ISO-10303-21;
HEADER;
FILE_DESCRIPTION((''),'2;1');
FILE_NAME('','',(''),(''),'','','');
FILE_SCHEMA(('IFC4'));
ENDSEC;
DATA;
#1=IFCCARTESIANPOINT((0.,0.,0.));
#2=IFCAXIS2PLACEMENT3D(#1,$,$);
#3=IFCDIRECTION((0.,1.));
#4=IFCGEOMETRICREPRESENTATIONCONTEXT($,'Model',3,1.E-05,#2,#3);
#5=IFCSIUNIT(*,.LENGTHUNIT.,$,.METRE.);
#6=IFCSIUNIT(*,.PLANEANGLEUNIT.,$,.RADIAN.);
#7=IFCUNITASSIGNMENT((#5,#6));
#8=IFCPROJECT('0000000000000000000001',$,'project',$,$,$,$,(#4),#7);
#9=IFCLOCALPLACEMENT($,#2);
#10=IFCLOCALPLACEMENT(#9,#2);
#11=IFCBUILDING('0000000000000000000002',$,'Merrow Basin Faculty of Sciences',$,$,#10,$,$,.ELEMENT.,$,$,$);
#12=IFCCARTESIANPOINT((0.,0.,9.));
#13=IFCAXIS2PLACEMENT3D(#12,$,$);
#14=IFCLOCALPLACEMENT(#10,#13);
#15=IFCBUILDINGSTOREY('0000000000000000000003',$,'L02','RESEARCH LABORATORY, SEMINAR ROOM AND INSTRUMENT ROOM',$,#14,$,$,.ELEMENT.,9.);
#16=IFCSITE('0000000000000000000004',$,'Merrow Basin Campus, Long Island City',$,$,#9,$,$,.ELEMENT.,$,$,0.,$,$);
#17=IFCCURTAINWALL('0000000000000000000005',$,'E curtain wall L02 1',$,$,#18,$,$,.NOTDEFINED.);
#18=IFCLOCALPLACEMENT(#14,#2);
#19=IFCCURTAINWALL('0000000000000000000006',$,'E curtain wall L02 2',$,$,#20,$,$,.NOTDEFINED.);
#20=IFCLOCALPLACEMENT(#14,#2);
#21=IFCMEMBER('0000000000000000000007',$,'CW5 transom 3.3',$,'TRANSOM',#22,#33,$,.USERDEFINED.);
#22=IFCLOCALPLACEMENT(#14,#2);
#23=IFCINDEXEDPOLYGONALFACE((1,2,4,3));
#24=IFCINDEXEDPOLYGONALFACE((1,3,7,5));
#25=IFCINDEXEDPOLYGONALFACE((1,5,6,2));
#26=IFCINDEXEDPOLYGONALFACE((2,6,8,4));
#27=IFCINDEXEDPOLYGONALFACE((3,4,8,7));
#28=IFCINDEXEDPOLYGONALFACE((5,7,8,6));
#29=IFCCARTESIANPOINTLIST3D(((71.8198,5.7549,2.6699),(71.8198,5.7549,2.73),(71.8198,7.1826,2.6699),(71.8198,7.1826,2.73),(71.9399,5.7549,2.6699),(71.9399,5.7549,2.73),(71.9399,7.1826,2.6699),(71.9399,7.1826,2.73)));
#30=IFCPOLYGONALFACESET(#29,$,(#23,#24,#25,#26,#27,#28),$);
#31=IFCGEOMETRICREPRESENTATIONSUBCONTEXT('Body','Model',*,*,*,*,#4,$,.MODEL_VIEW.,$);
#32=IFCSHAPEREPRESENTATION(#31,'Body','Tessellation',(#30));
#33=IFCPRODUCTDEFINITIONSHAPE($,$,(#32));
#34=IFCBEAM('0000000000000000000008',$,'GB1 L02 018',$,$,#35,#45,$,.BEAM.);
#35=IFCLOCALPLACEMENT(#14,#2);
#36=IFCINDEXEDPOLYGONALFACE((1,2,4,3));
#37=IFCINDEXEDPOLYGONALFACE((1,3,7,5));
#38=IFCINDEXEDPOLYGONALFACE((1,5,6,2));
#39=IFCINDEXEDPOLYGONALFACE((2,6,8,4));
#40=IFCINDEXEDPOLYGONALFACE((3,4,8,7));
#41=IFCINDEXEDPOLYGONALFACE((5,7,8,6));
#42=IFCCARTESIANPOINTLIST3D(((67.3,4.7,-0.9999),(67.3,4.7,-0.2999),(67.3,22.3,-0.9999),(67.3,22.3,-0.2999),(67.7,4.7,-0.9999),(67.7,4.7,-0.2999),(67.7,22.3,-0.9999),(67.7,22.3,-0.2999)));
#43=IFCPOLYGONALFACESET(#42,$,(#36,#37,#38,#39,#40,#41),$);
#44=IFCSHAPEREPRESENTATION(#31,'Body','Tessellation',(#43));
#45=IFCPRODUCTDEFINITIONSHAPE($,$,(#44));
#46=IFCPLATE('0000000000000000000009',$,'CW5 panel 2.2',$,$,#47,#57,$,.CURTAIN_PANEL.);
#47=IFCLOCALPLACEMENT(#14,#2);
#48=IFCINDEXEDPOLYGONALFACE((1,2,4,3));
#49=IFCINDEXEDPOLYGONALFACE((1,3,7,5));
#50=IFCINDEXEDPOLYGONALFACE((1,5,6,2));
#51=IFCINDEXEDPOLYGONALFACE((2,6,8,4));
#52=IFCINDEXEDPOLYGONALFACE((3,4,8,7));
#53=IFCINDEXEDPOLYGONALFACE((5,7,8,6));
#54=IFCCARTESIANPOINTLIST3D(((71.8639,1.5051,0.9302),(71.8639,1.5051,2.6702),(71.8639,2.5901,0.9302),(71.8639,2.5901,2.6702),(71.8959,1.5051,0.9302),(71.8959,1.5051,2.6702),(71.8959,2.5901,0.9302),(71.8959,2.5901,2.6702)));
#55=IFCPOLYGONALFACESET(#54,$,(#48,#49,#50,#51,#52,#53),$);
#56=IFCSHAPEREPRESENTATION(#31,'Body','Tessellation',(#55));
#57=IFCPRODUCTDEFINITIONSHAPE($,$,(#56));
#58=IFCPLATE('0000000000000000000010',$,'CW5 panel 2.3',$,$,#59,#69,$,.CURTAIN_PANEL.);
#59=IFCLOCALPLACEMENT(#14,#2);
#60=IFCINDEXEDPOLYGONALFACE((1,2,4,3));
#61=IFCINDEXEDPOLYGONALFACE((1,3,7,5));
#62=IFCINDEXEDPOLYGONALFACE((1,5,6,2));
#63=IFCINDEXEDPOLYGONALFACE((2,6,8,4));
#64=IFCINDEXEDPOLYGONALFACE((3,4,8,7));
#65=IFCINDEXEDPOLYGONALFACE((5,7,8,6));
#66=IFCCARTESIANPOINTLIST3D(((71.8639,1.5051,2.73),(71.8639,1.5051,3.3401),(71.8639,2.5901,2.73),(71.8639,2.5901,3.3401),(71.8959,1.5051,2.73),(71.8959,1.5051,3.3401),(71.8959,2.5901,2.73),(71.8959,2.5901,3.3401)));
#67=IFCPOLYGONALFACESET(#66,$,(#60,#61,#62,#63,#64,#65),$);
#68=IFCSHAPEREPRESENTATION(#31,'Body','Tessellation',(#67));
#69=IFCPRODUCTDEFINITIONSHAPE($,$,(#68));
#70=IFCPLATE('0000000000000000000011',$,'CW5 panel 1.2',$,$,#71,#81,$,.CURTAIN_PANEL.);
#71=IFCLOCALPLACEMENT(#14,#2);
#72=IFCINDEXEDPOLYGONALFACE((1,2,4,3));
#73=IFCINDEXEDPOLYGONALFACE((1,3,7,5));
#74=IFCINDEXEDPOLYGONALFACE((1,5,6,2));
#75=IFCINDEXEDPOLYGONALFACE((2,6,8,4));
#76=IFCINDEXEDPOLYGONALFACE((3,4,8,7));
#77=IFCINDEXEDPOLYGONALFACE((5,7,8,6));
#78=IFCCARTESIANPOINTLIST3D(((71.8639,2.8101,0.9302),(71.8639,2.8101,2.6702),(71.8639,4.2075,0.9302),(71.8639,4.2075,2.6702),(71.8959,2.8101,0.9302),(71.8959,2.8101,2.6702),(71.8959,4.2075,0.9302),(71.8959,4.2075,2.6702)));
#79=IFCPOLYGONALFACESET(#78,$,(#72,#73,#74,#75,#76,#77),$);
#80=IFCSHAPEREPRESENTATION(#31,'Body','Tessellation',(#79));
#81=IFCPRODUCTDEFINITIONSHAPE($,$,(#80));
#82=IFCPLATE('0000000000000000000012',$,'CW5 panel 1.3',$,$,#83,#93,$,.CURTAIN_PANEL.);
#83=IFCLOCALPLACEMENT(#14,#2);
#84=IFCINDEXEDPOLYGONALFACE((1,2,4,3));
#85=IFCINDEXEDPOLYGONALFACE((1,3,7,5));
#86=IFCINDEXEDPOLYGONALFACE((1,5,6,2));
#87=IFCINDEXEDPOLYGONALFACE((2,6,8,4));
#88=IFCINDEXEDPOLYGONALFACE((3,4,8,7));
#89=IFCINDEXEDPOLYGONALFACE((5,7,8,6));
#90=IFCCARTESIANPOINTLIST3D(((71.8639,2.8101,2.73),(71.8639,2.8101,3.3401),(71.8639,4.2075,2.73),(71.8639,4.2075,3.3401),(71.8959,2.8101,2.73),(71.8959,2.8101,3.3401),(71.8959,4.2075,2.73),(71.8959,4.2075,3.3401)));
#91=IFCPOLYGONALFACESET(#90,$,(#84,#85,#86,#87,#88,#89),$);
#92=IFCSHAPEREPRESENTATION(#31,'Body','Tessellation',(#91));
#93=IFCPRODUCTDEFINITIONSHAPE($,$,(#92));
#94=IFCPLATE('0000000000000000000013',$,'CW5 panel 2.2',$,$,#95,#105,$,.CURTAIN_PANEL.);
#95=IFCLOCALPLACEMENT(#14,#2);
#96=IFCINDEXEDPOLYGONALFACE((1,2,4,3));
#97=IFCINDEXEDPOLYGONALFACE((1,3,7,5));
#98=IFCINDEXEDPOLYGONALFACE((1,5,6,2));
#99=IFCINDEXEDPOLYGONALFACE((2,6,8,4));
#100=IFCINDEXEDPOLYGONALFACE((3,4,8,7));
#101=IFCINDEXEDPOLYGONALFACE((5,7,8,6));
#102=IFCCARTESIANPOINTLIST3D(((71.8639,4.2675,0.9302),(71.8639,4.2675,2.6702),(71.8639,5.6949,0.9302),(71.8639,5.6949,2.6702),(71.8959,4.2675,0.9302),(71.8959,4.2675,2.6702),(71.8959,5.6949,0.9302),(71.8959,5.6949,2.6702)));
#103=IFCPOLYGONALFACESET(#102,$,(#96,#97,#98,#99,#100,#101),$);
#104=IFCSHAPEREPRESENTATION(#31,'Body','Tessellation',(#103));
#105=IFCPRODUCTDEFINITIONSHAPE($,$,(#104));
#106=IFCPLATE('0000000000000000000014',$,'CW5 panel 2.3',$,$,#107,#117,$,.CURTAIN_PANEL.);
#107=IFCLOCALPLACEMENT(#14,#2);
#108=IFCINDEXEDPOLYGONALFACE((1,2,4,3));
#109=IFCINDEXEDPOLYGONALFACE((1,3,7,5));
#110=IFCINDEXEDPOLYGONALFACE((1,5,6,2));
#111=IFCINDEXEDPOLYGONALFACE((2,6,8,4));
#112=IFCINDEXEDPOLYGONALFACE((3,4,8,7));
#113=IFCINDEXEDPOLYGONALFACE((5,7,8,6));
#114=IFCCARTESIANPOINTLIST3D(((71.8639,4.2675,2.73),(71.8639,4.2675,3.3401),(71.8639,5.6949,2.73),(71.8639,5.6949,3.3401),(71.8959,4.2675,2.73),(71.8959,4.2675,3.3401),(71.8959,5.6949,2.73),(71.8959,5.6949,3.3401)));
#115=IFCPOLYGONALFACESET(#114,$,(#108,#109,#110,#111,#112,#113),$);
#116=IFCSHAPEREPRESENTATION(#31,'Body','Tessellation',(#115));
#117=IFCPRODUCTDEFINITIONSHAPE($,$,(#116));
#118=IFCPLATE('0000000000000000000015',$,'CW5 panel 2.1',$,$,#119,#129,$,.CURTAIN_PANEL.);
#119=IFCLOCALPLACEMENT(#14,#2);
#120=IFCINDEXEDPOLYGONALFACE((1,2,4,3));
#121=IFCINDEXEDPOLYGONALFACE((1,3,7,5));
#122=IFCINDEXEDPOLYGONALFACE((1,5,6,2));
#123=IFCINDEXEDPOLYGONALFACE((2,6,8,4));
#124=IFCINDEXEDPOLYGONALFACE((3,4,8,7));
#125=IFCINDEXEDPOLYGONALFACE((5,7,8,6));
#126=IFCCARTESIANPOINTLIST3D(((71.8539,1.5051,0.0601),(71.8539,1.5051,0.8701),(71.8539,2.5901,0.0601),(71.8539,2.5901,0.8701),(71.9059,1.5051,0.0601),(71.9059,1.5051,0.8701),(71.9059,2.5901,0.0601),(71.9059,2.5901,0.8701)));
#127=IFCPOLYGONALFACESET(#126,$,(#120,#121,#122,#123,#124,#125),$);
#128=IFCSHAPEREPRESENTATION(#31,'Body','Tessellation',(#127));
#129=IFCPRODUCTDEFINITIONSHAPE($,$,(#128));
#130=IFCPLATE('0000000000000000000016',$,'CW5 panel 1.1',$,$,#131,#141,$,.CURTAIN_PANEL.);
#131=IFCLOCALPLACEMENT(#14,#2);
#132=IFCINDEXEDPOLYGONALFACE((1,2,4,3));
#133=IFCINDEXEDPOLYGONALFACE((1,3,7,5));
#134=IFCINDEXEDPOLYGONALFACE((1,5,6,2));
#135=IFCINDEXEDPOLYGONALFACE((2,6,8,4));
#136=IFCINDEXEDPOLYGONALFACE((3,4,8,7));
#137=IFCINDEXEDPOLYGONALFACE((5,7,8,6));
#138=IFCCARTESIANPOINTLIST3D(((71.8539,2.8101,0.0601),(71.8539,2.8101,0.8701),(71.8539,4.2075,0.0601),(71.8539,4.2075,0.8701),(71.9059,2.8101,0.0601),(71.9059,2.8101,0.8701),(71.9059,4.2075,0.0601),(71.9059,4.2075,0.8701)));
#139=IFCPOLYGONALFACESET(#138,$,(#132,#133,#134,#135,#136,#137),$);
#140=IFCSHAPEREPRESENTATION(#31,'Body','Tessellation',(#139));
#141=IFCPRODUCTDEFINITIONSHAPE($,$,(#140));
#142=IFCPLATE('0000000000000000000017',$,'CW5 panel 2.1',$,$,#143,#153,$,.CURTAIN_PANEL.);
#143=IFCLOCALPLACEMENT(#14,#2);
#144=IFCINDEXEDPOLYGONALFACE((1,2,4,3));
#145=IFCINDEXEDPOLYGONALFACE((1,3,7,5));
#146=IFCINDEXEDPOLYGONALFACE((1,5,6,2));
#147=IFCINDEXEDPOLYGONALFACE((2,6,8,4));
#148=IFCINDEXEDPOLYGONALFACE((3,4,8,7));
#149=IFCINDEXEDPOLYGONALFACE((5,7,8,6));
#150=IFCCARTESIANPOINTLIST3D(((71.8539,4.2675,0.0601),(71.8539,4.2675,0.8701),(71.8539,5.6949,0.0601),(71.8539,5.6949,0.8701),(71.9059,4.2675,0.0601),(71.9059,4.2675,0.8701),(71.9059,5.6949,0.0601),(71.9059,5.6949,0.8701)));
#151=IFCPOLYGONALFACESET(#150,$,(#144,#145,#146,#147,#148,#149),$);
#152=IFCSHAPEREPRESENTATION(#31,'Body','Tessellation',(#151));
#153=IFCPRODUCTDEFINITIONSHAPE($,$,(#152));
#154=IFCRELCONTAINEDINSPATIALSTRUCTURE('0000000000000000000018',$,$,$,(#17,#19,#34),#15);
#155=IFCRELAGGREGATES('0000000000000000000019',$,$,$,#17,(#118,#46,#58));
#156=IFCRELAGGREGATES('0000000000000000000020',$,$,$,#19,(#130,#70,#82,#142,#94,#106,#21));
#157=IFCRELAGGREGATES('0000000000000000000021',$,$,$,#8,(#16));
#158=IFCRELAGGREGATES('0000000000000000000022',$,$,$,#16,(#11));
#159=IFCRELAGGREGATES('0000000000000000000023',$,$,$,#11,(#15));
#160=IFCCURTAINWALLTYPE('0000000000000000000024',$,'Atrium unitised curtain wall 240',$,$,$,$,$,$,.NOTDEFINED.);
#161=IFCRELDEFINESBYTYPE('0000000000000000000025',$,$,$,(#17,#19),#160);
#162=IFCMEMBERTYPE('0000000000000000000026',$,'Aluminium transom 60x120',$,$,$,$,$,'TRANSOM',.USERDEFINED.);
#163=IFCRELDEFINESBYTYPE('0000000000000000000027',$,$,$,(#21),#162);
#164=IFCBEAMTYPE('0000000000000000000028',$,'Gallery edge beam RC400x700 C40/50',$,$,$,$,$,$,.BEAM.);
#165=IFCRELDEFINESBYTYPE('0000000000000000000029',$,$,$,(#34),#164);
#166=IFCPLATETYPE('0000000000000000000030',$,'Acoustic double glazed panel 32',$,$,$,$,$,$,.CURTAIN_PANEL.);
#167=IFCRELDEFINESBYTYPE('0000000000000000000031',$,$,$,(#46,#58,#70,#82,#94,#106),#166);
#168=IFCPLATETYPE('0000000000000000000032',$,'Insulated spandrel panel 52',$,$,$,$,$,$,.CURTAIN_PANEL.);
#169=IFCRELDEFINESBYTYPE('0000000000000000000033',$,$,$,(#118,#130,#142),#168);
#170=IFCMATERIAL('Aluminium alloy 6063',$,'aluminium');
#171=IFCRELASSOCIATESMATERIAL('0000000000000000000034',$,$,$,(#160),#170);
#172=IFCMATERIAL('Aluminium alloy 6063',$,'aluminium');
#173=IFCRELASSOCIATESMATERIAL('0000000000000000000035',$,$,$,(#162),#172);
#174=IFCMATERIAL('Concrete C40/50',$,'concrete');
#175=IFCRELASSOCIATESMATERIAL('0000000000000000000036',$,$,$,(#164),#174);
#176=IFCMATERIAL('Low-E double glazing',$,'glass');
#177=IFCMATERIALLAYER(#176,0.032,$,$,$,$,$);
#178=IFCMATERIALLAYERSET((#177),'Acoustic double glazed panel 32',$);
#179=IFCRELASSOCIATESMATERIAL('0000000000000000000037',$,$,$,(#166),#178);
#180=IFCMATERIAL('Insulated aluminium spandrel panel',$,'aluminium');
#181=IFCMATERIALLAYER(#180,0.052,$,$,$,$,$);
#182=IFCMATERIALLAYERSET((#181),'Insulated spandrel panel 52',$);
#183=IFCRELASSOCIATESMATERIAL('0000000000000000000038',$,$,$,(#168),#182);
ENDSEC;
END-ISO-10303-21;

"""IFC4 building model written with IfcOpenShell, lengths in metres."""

from ifc_helpers import new_model, si_unit, direction, frame, origin, origin_2d, place, context, subcontext, project, spatial, rectangle, extrude, material, layer, layer_set, material_profile, profile_set, type_object, element, aggregate, save


model = new_model("IFC4")

# Units and contexts
model_context = context("Model", 3, precision=1e-05, world=origin(), true_north=direction((0.0, 1.0)))
body_context = subcontext(model_context, "Body", "Model", "MODEL_VIEW")
ifc_project = project(units=[si_unit("LENGTHUNIT", "METRE"), si_unit("PLANEANGLEUNIT", "RADIAN")], contexts=[model_context])

# Site, building, storey
site_placement = place(None, origin())
site = spatial("IfcSite", under=ifc_project, at=site_placement, Name="Merrow Basin Campus, Long Island City", CompositionType="ELEMENT", RefElevation=0.0)
building_placement = place(site_placement, origin())
building = spatial("IfcBuilding", under=site, at=building_placement, Name="Merrow Basin Faculty of Sciences", CompositionType="ELEMENT")
storey_placement = place(building_placement, frame((0.0, 0.0, 9.0)))
storey = spatial("IfcBuildingStorey", under=building, at=storey_placement, Name="L02", Description="RESEARCH LABORATORY, SEMINAR ROOM AND INSTRUMENT ROOM", CompositionType="ELEMENT", Elevation=9.0)

# Curtain wall
ifc_material_1 = material(Name="Aluminium alloy 6063", Category="aluminium")
curtain_wall_type = type_object("IfcCurtainWallType", Name="Atrium unitised curtain wall 240", PredefinedType="NOTDEFINED", material=ifc_material_1)
curtain_wall_1_placement = place(storey_placement, origin())
curtain_wall_1 = element("IfcCurtainWall", 1, at=curtain_wall_1_placement, inside=storey, type_object=curtain_wall_type, Name="E curtain wall L02 1", PredefinedType="NOTDEFINED")

# Curtain wall
curtain_wall_2_placement = place(storey_placement, origin())
curtain_wall_2 = element("IfcCurtainWall", 2, at=curtain_wall_2_placement, inside=storey, type_object=curtain_wall_type, Name="E curtain wall L02 2", PredefinedType="NOTDEFINED")

# Member
ifc_material_2 = material(Name="Aluminium alloy 6063", Category="aluminium")
ifc_material_profile_1 = material_profile(ifc_material_2, rectangle(XDim=0.1201, YDim=0.0601, at=origin_2d()))
ifc_profile_set_1 = profile_set([ifc_material_profile_1], Name="Aluminium alloy 6063")
member_type_1 = type_object("IfcMemberType", Name="Aluminium transom 60x120", ElementType="TRANSOM", PredefinedType="USERDEFINED", material=ifc_profile_set_1)
member_1_placement = place(storey_placement, frame((71.8799, 5.7549, 2.7), z_axis=(0.0, 1.0, 0.0), x_axis=(-1.0, 0.0, 0.0)))
member_1 = element("IfcMember", 3, at=member_1_placement, type_object=member_type_1, Name="CW5 transom 3.3", ObjectType="TRANSOM", PredefinedType="USERDEFINED", context=body_context, shape_type="SweptSolid", body=[
    extrude(rectangle(XDim=0.1201, YDim=0.0601, at=origin_2d()), origin(), (0.0, 0.0, 1.0), 1.4277),
])

# Beam
ifc_material_3 = material(Name="Concrete C40/50", Category="concrete")
ifc_material_profile_2 = material_profile(ifc_material_3, rectangle(XDim=0.3999, YDim=0.7, at=origin_2d()))
ifc_profile_set_2 = profile_set([ifc_material_profile_2], Name="Concrete C40/50")
beam_type = type_object("IfcBeamType", Name="Gallery edge beam RC400x700 C40/50", PredefinedType="BEAM", material=ifc_profile_set_2)
beam_placement = place(storey_placement, frame((67.5, 4.7, -0.6499), z_axis=(0.0, 1.0, 0.0), x_axis=(-1.0, 0.0, 0.0)))
element("IfcBeam", 4, at=beam_placement, inside=storey, type_object=beam_type, Name="GB1 L02 018", PredefinedType="BEAM", context=body_context, shape_type="SweptSolid", body=[
    extrude(rectangle(XDim=0.3999, YDim=0.7, at=origin_2d()), origin(), (0.0, 0.0, 1.0), 17.6001),
])

# Plates
ifc_material_4 = material(Name="Low-E double glazing", Category="glass")
ifc_layer_1 = layer(ifc_material_4, 0.032)
ifc_layer_set_1 = layer_set([ifc_layer_1], Name="Acoustic double glazed panel 32")
plate_type_1 = type_object("IfcPlateType", Name="Acoustic double glazed panel 32", PredefinedType="CURTAIN_PANEL", material=ifc_layer_set_1)
plate_1_placement = place(storey_placement, frame((71.8799, 2.0476, 0.9302), z_axis=(0.0, 0.0, 1.0), x_axis=(0.0, 1.0, 0.0)))
plate_1 = element("IfcPlate", 5, at=plate_1_placement, type_object=plate_type_1, Name="CW5 panel 2.2", PredefinedType="CURTAIN_PANEL", context=body_context, shape_type="SweptSolid", body=[
    extrude(rectangle(XDim=1.085, YDim=0.032, at=origin_2d()), origin(), (0.0, 0.0, 1.0), 1.74),
])
plate_2_placement = place(storey_placement, frame((71.8799, 2.0476, 2.73), z_axis=(0.0, 0.0, 1.0), x_axis=(0.0, 1.0, 0.0)))
plate_2 = element("IfcPlate", 6, at=plate_2_placement, type_object=plate_type_1, Name="CW5 panel 2.3", PredefinedType="CURTAIN_PANEL", context=body_context, shape_type="SweptSolid", body=[
    extrude(rectangle(XDim=1.085, YDim=0.032, at=origin_2d()), origin(), (0.0, 0.0, 1.0), 0.6101),
])
plate_3_placement = place(storey_placement, frame((71.8799, 3.5088, 0.9302), z_axis=(0.0, 0.0, 1.0), x_axis=(0.0, 1.0, 0.0)))
plate_3 = element("IfcPlate", 7, at=plate_3_placement, type_object=plate_type_1, Name="CW5 panel 1.2", PredefinedType="CURTAIN_PANEL", context=body_context, shape_type="SweptSolid", body=[
    extrude(rectangle(XDim=1.3975, YDim=0.032, at=origin_2d()), origin(), (0.0, 0.0, 1.0), 1.74),
])
plate_4_placement = place(storey_placement, frame((71.8799, 3.5088, 2.73), z_axis=(0.0, 0.0, 1.0), x_axis=(0.0, 1.0, 0.0)))
plate_4 = element("IfcPlate", 8, at=plate_4_placement, type_object=plate_type_1, Name="CW5 panel 1.3", PredefinedType="CURTAIN_PANEL", context=body_context, shape_type="SweptSolid", body=[
    extrude(rectangle(XDim=1.3975, YDim=0.032, at=origin_2d()), origin(), (0.0, 0.0, 1.0), 0.6101),
])
plate_5_placement = place(storey_placement, frame((71.8799, 4.9812, 0.9302), z_axis=(0.0, 0.0, 1.0), x_axis=(0.0, 1.0, 0.0)))
plate_5 = element("IfcPlate", 9, at=plate_5_placement, type_object=plate_type_1, Name="CW5 panel 2.2", PredefinedType="CURTAIN_PANEL", context=body_context, shape_type="SweptSolid", body=[
    extrude(rectangle(XDim=1.4275, YDim=0.032, at=origin_2d()), origin(), (0.0, 0.0, 1.0), 1.74),
])
plate_6_placement = place(storey_placement, frame((71.8799, 4.9812, 2.73), z_axis=(0.0, 0.0, 1.0), x_axis=(0.0, 1.0, 0.0)))
plate_6 = element("IfcPlate", 10, at=plate_6_placement, type_object=plate_type_1, Name="CW5 panel 2.3", PredefinedType="CURTAIN_PANEL", context=body_context, shape_type="SweptSolid", body=[
    extrude(rectangle(XDim=1.4275, YDim=0.032, at=origin_2d()), origin(), (0.0, 0.0, 1.0), 0.6101),
])
ifc_material_5 = material(Name="Insulated aluminium spandrel panel", Category="aluminium")
ifc_layer_2 = layer(ifc_material_5, 0.052)
ifc_layer_set_2 = layer_set([ifc_layer_2], Name="Insulated spandrel panel 52")
plate_type_2 = type_object("IfcPlateType", Name="Insulated spandrel panel 52", PredefinedType="CURTAIN_PANEL", material=ifc_layer_set_2)
plate_7_placement = place(storey_placement, frame((71.8799, 2.0476, 0.0601), z_axis=(0.0, 0.0, 1.0), x_axis=(0.0, 1.0, 0.0)))
plate_7 = element("IfcPlate", 11, at=plate_7_placement, type_object=plate_type_2, Name="CW5 panel 2.1", PredefinedType="CURTAIN_PANEL", context=body_context, shape_type="SweptSolid", body=[
    extrude(rectangle(XDim=1.085, YDim=0.052, at=origin_2d()), origin(), (0.0, 0.0, 1.0), 0.8101),
])
aggregate(curtain_wall_1, [plate_7, plate_1, plate_2])
plate_8_placement = place(storey_placement, frame((71.8799, 3.5088, 0.0601), z_axis=(0.0, 0.0, 1.0), x_axis=(0.0, 1.0, 0.0)))
plate_8 = element("IfcPlate", 12, at=plate_8_placement, type_object=plate_type_2, Name="CW5 panel 1.1", PredefinedType="CURTAIN_PANEL", context=body_context, shape_type="SweptSolid", body=[
    extrude(rectangle(XDim=1.3975, YDim=0.052, at=origin_2d()), origin(), (0.0, 0.0, 1.0), 0.8101),
])
plate_9_placement = place(storey_placement, frame((71.8799, 4.9812, 0.0601), z_axis=(0.0, 0.0, 1.0), x_axis=(0.0, 1.0, 0.0)))
plate_9 = element("IfcPlate", 13, at=plate_9_placement, type_object=plate_type_2, Name="CW5 panel 2.1", PredefinedType="CURTAIN_PANEL", context=body_context, shape_type="SweptSolid", body=[
    extrude(rectangle(XDim=1.4275, YDim=0.052, at=origin_2d()), origin(), (0.0, 0.0, 1.0), 0.8101),
])
aggregate(curtain_wall_2, [plate_8, plate_3, plate_4, plate_9, plate_5, plate_6, member_1])

save(model, "model.ifc")
